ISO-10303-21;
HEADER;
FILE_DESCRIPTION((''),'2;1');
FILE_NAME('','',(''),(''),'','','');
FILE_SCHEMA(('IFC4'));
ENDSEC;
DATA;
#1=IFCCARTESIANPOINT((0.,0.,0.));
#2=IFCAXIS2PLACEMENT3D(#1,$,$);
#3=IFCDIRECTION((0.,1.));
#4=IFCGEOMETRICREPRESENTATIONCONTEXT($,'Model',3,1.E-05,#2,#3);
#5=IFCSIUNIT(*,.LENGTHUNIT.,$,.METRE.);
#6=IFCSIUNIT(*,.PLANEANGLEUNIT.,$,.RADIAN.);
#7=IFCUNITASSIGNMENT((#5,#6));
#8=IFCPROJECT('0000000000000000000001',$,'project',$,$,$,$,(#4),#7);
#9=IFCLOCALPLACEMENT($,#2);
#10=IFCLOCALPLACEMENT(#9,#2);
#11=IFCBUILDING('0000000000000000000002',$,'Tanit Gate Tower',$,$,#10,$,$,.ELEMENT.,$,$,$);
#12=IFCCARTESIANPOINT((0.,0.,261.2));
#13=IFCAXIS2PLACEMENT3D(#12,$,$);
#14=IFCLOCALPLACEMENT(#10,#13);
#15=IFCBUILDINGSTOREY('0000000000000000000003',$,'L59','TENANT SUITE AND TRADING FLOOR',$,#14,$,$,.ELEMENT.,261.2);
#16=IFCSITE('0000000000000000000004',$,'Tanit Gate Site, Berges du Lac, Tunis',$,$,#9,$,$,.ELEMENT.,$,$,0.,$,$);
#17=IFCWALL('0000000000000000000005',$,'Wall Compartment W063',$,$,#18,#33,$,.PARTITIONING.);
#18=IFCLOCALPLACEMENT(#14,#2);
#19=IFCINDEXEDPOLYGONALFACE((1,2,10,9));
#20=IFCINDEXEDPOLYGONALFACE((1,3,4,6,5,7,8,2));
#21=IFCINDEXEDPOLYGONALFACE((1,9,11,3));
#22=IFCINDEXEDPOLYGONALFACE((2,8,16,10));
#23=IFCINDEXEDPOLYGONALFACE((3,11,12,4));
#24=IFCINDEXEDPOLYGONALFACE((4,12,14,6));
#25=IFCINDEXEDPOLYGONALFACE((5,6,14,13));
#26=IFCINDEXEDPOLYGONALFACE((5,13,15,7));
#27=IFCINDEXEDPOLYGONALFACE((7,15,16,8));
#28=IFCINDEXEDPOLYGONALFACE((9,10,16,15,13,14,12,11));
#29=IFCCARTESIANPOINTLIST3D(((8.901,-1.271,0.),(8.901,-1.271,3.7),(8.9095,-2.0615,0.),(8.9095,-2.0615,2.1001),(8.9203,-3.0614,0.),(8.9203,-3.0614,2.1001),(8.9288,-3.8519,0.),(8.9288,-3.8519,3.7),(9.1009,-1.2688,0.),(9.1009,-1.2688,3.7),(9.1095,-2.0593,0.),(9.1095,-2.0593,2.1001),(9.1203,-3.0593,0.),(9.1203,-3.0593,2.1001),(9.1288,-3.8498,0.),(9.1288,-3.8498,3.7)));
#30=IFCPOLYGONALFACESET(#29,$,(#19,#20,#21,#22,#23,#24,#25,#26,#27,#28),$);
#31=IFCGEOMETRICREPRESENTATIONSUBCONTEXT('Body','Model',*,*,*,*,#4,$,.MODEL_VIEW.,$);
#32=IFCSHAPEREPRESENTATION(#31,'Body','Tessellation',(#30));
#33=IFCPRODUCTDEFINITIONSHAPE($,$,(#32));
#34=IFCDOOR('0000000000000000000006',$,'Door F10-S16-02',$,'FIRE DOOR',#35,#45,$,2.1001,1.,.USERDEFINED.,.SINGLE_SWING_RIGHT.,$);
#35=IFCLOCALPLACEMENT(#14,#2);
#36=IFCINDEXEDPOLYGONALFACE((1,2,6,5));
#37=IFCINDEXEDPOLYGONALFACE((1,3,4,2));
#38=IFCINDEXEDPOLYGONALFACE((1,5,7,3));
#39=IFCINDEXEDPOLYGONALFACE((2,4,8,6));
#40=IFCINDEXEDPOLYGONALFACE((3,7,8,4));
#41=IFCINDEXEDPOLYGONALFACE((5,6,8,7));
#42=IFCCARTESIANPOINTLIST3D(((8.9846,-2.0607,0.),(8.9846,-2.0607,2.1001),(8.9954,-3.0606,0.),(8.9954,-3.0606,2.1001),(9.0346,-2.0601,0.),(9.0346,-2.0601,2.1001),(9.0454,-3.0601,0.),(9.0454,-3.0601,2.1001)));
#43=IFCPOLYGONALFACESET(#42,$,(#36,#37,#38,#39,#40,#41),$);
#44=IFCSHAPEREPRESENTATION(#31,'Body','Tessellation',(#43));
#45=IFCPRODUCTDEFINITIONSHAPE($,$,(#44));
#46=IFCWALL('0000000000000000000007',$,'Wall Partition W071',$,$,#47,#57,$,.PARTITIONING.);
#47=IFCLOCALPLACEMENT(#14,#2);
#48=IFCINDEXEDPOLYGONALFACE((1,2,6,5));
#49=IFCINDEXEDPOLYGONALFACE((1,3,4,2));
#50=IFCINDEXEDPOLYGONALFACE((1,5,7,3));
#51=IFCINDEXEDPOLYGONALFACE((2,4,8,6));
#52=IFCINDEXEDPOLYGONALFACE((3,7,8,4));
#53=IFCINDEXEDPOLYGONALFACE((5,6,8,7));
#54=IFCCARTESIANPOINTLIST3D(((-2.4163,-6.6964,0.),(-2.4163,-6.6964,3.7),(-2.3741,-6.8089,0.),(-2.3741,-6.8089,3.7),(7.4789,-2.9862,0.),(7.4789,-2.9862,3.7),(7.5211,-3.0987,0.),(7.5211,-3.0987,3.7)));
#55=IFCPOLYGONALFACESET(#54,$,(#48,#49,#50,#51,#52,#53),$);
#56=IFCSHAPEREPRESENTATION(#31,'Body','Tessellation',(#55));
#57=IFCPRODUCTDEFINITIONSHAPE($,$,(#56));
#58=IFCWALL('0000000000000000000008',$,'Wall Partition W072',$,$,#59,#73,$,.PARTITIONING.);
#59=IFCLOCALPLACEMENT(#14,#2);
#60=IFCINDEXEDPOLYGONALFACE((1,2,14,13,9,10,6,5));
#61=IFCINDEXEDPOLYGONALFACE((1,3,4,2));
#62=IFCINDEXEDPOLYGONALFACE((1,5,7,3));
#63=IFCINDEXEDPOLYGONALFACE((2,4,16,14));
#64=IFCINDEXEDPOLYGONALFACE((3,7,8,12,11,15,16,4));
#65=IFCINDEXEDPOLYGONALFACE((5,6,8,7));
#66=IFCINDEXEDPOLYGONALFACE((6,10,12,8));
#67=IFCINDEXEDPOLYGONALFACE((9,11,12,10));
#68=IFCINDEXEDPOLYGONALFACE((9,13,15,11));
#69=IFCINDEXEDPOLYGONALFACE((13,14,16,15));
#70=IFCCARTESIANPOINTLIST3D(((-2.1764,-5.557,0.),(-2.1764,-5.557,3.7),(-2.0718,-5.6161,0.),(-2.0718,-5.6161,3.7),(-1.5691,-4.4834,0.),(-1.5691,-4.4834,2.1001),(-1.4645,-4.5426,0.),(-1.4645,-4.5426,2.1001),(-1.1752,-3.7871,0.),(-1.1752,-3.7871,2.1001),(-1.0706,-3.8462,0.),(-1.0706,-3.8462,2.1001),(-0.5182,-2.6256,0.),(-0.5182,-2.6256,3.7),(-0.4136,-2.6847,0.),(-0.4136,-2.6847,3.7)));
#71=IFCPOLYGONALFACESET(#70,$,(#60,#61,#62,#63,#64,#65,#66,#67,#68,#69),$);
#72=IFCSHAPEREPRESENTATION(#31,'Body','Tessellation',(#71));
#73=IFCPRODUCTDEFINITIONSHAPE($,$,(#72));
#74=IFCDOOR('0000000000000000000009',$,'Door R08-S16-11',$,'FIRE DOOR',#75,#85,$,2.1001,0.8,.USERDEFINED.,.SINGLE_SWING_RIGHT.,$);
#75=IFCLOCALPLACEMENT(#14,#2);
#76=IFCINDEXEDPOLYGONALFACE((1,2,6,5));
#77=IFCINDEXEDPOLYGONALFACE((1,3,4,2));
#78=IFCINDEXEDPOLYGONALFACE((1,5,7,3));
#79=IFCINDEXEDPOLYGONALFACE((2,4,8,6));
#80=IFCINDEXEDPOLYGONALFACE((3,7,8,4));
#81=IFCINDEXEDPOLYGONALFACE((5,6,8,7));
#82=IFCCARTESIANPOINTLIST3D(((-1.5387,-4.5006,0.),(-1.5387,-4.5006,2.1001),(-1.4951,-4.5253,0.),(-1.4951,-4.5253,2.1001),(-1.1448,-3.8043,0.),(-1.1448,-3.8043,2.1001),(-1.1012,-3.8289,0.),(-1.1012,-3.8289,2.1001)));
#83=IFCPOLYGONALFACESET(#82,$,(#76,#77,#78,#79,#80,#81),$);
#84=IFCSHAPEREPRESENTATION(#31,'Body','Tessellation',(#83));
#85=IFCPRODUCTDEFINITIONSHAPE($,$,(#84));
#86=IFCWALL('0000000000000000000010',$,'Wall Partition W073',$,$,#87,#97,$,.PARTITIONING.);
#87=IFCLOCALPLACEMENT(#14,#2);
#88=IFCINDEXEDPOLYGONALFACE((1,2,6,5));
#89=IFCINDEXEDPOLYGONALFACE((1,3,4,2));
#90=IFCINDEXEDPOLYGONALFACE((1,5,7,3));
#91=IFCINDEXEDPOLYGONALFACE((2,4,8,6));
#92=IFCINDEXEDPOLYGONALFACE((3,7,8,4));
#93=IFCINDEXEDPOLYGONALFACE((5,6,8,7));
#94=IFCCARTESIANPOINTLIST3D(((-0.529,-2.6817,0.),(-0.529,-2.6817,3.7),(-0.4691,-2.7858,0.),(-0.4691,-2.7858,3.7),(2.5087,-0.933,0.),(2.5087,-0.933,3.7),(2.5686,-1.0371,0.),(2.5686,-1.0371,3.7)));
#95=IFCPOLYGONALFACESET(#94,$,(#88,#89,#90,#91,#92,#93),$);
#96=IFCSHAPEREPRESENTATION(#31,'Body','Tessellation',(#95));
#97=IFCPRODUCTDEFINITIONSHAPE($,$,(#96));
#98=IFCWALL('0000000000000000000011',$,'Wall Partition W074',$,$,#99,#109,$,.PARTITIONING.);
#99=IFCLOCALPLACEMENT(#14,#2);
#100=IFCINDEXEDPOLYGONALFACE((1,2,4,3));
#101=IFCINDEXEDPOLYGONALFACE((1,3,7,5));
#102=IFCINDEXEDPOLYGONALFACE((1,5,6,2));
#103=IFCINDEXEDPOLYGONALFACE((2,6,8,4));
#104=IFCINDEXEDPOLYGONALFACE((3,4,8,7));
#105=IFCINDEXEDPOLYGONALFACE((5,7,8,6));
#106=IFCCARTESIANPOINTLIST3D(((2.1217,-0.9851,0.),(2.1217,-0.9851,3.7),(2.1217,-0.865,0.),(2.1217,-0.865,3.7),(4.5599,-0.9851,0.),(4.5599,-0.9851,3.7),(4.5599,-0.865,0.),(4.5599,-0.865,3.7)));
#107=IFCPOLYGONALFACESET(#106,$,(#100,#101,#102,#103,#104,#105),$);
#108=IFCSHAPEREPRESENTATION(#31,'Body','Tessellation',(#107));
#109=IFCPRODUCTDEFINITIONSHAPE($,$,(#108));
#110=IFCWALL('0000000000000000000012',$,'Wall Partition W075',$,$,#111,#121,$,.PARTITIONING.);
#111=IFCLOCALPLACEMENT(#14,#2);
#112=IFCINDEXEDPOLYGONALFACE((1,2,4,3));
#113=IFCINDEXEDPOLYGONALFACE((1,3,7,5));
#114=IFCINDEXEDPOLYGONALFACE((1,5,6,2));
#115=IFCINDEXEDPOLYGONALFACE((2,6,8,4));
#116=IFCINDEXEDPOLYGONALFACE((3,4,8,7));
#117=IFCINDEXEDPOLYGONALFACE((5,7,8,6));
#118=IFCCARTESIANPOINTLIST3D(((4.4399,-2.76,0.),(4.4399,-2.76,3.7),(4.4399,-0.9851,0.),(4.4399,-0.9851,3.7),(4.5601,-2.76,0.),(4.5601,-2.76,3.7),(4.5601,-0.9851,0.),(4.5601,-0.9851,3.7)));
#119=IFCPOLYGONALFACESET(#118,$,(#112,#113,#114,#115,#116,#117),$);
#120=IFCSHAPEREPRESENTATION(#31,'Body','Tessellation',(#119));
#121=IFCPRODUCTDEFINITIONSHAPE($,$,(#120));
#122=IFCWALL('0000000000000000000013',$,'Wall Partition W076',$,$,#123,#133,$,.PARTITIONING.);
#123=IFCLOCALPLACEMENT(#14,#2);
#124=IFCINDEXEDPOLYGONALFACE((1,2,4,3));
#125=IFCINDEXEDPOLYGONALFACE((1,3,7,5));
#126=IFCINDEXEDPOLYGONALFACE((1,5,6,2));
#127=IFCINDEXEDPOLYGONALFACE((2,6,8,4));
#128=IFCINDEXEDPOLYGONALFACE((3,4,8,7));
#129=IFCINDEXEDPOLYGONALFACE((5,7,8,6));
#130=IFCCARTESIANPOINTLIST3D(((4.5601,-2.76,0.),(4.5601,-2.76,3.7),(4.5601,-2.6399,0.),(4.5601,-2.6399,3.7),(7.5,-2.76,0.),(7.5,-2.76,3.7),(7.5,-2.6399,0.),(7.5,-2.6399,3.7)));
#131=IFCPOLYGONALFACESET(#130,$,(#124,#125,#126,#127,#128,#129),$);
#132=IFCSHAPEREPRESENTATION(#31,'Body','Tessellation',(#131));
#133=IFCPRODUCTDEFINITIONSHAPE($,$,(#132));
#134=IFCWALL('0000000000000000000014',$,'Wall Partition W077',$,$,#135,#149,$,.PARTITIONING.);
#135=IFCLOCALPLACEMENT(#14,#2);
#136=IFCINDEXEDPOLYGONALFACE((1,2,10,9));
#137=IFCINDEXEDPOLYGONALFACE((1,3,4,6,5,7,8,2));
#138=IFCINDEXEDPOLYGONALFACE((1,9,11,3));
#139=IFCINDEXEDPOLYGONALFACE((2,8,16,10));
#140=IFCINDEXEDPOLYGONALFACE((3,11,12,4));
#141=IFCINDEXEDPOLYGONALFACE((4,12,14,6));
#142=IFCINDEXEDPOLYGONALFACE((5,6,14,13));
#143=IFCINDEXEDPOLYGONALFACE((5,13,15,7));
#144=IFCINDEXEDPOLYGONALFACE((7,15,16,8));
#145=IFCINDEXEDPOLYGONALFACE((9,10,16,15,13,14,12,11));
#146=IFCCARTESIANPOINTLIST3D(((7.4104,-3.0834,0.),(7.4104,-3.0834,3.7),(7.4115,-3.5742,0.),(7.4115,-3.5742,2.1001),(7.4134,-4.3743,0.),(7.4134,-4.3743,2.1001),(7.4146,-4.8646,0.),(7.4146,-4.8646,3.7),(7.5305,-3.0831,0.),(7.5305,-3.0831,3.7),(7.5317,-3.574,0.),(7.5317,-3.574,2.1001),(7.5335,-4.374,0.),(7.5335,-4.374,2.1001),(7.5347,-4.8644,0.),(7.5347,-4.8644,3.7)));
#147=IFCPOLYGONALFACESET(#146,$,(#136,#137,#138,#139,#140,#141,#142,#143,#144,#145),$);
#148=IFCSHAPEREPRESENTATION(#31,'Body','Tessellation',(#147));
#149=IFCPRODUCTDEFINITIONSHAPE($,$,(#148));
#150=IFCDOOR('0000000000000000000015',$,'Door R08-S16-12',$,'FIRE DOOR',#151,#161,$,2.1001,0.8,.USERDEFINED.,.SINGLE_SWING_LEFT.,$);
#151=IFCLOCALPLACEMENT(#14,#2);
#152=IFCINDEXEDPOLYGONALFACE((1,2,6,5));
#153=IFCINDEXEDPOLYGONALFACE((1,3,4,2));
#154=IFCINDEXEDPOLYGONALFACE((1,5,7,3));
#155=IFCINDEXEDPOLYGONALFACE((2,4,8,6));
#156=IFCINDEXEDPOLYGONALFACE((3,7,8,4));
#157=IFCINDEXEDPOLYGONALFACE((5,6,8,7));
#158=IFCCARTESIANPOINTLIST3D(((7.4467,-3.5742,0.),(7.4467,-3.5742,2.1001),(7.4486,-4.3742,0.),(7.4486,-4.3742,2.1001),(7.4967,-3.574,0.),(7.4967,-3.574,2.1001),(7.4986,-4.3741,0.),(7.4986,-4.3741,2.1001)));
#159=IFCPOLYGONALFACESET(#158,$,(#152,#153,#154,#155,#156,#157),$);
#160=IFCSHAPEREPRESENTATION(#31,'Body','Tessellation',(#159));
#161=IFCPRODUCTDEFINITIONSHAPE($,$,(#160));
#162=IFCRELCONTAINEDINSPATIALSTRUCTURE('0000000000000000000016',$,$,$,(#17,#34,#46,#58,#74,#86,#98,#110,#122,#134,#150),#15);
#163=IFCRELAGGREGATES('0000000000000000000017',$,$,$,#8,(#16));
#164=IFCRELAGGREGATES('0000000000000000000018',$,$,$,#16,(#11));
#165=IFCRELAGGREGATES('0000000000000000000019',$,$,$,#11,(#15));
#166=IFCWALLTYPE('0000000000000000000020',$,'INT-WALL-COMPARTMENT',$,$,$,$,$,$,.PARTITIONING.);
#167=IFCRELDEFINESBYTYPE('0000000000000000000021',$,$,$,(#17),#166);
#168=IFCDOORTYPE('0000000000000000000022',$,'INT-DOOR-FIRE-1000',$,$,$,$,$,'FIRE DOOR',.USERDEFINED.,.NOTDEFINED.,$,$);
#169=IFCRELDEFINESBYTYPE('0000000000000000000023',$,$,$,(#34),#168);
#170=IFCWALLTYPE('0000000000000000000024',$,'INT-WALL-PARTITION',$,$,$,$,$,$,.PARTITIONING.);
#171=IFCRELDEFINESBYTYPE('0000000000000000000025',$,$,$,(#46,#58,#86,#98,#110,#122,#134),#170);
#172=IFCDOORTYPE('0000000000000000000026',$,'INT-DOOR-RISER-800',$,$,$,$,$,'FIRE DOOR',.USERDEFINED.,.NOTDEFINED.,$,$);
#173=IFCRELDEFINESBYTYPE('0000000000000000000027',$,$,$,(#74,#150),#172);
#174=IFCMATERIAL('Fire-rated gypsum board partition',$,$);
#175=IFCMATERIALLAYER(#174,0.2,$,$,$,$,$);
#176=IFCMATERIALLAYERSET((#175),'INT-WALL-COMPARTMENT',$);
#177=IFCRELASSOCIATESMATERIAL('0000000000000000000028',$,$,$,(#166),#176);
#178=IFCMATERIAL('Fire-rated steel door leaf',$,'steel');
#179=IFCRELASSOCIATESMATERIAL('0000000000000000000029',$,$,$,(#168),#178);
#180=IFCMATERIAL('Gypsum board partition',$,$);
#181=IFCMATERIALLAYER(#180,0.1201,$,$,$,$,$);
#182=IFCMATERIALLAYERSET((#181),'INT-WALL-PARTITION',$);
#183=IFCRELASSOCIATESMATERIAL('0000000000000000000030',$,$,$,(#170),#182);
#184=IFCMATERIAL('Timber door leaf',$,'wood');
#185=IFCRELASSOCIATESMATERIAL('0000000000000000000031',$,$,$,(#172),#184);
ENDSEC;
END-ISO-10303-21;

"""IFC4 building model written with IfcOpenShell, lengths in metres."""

from ifc_helpers import new_model, si_unit, direction, frame, frame_2d, origin, place, context, subcontext, project, spatial, rectangle, extrude, material, layer, layer_set, type_object, element, fill, save


model = new_model("IFC4")

# Units and contexts
model_context = context("Model", 3, precision=1e-05, world=origin(), true_north=direction((0.0, 1.0)))
body_context = subcontext(model_context, "Body", "Model", "MODEL_VIEW")
ifc_project = project(units=[si_unit("LENGTHUNIT", "METRE"), si_unit("PLANEANGLEUNIT", "RADIAN")], contexts=[model_context])

# Site, building, storey
site_placement = place(None, origin())
site = spatial("IfcSite", under=ifc_project, at=site_placement, Name="Tanit Gate Site, Berges du Lac, Tunis", CompositionType="ELEMENT", RefElevation=0.0)
building_placement = place(site_placement, origin())
building = spatial("IfcBuilding", under=site, at=building_placement, Name="Tanit Gate Tower", CompositionType="ELEMENT")
storey_placement = place(building_placement, frame((0.0, 0.0, 261.2)))
storey = spatial("IfcBuildingStorey", under=building, at=storey_placement, Name="L59", Description="TENANT SUITE AND TRADING FLOOR", CompositionType="ELEMENT", Elevation=261.2)

# Wall, opening, door
ifc_material_1 = material(Name="Fire-rated gypsum board partition")
ifc_layer_1 = layer(ifc_material_1, 0.2)
ifc_layer_set_1 = layer_set([ifc_layer_1], Name="INT-WALL-COMPARTMENT")
wall_type_1 = type_object("IfcWallType", Name="INT-WALL-COMPARTMENT", PredefinedType="PARTITIONING", material=ifc_layer_set_1)
wall_1_placement = place(storey_placement, frame((9.0288, -3.8508, 0.0), z_axis=(0.0, 0.0, 1.0), x_axis=(-0.010784, 0.999942, 0.0)))
wall_1 = element("IfcWall", 1, at=wall_1_placement, inside=storey, type_object=wall_type_1, Name="Wall Compartment W063", PredefinedType="PARTITIONING", context=body_context, shape_type="SweptSolid", body=[
    extrude(rectangle(XDim=2.5811, YDim=0.2, at=frame_2d((1.2905, 0.0))), origin(), (0.0, 0.0, 1.0), 3.7),
])
opening_1_placement = place(wall_1_placement, frame((0.7905, 0.0, 0.0)))
opening_1 = element("IfcOpeningElement", 2, at=opening_1_placement, cuts=wall_1, PredefinedType="OPENING", context=body_context, shape_type="SweptSolid", body=[
    extrude(rectangle(XDim=1.0, YDim=2.1001, at=frame_2d((0.5, 1.05))), frame((0.0, 0.1099, 0.0), z_axis=(0.0, -1.0, 0.0), x_axis=(1.0, 0.0, 0.0)), (0.0, 0.0, 1.0), 0.22),
])
ifc_material_2 = material(Name="Fire-rated steel door leaf", Category="steel")
door_type_1 = type_object("IfcDoorType", Name="INT-DOOR-FIRE-1000", ElementType="FIRE DOOR", OperationType="NOTDEFINED", PredefinedType="USERDEFINED", material=ifc_material_2)
door_1_placement = place(opening_1_placement, origin())
door_1 = element("IfcDoor", 3, at=door_1_placement, inside=storey, type_object=door_type_1, Name="Door F10-S16-02", ObjectType="FIRE DOOR", OperationType="SINGLE_SWING_RIGHT", OverallHeight=2.1001, OverallWidth=1.0, PredefinedType="USERDEFINED", context=body_context, shape_type="SweptSolid", body=[
    extrude(rectangle(XDim=1.0, YDim=2.1001, at=frame_2d((0.5, 1.05))), frame((0.0, 0.0249, 0.0), z_axis=(0.0, -1.0, 0.0), x_axis=(1.0, 0.0, 0.0)), (0.0, 0.0, 1.0), 0.05),
])
fill(opening_1, door_1)

# Wall
ifc_material_3 = material(Name="Gypsum board partition")
ifc_layer_2 = layer(ifc_material_3, 0.1201)
ifc_layer_set_2 = layer_set([ifc_layer_2], Name="INT-WALL-PARTITION")
wall_type_2 = type_object("IfcWallType", Name="INT-WALL-PARTITION", PredefinedType="PARTITIONING", material=ifc_layer_set_2)
wall_2_placement = place(storey_placement, frame((7.5, -3.0425, 0.0), z_axis=(0.0, 0.0, 1.0), x_axis=(-0.936345, -0.35108, 0.0)))
element("IfcWall", 4, at=wall_2_placement, inside=storey, type_object=wall_type_2, Name="Wall Partition W071", PredefinedType="PARTITIONING", context=body_context, shape_type="SweptSolid", body=[
    extrude(rectangle(XDim=10.5679, YDim=0.1201, at=frame_2d((5.2839, 0.0))), origin(), (0.0, 0.0, 1.0), 3.7),
])

# Wall, opening, door
wall_3_placement = place(storey_placement, frame((-0.4658, -2.655, 0.0), z_axis=(0.0, 0.0, 1.0), x_axis=(-0.492356, -0.870394, 0.0)))
wall_3 = element("IfcWall", 5, at=wall_3_placement, inside=storey, type_object=wall_type_2, Name="Wall Partition W072", PredefinedType="PARTITIONING", context=body_context, shape_type="SweptSolid", body=[
    extrude(rectangle(XDim=3.3679, YDim=0.1201, at=frame_2d((1.6841, 0.0))), origin(), (0.0, 0.0, 1.0), 3.7),
])
opening_2_placement = place(wall_3_placement, frame((1.3347, 0.0, 0.0)))
opening_2 = element("IfcOpeningElement", 6, at=opening_2_placement, cuts=wall_3, PredefinedType="OPENING", context=body_context, shape_type="SweptSolid", body=[
    extrude(rectangle(XDim=0.8, YDim=2.1001, at=frame_2d((0.3999, 1.05))), frame((0.0, 0.0701, 0.0), z_axis=(0.0, -1.0, 0.0), x_axis=(1.0, 0.0, 0.0)), (0.0, 0.0, 1.0), 0.1401),
])
ifc_material_4 = material(Name="Timber door leaf", Category="wood")
door_type_2 = type_object("IfcDoorType", Name="INT-DOOR-RISER-800", ElementType="FIRE DOOR", OperationType="NOTDEFINED", PredefinedType="USERDEFINED", material=ifc_material_4)
door_2_placement = place(opening_2_placement, origin())
door_2 = element("IfcDoor", 7, at=door_2_placement, inside=storey, type_object=door_type_2, Name="Door R08-S16-11", ObjectType="FIRE DOOR", OperationType="SINGLE_SWING_RIGHT", OverallHeight=2.1001, OverallWidth=0.8, PredefinedType="USERDEFINED", context=body_context, shape_type="SweptSolid", body=[
    extrude(rectangle(XDim=0.8, YDim=2.1001, at=frame_2d((0.3999, 1.05))), frame((0.0, 0.0249, 0.0), z_axis=(0.0, -1.0, 0.0), x_axis=(1.0, 0.0, 0.0)), (0.0, 0.0, 1.0), 0.05),
])
fill(opening_2, door_2)

# Walls
wall_4_placement = place(storey_placement, frame((2.5386, -0.9851, 0.0), z_axis=(0.0, 0.0, 1.0), x_axis=(-0.866657, -0.498904, 0.0)))
element("IfcWall", 8, at=wall_4_placement, inside=storey, type_object=wall_type_2, Name="Wall Partition W073", PredefinedType="PARTITIONING", context=body_context, shape_type="SweptSolid", body=[
    extrude(rectangle(XDim=3.5051, YDim=0.1201, at=frame_2d((1.7524, 0.0))), origin(), (0.0, 0.0, 1.0), 3.7),
])
wall_5_placement = place(storey_placement, frame((4.5601, -0.925, 0.0), z_axis=(0.0, 0.0, 1.0), x_axis=(-1.0, 0.0, 0.0)))
element("IfcWall", 9, at=wall_5_placement, inside=storey, type_object=wall_type_2, Name="Wall Partition W074", PredefinedType="PARTITIONING", context=body_context, shape_type="SweptSolid", body=[
    extrude(rectangle(XDim=2.4382, YDim=0.1201, at=frame_2d((1.2192, 0.0))), origin(), (0.0, 0.0, 1.0), 3.7),
])
wall_6_placement = place(storey_placement, frame((4.5, -2.76, 0.0), z_axis=(0.0, 0.0, 1.0), x_axis=(0.0, 1.0, 0.0)))
element("IfcWall", 10, at=wall_6_placement, inside=storey, type_object=wall_type_2, Name="Wall Partition W075", PredefinedType="PARTITIONING", context=body_context, shape_type="SweptSolid", body=[
    extrude(rectangle(XDim=1.7749, YDim=0.1201, at=frame_2d((0.8875, 0.0))), origin(), (0.0, 0.0, 1.0), 3.7),
])
wall_7_placement = place(storey_placement, frame((7.5, -2.7, 0.0), z_axis=(0.0, 0.0, 1.0), x_axis=(-1.0, 0.0, 0.0)))
element("IfcWall", 11, at=wall_7_placement, inside=storey, type_object=wall_type_2, Name="Wall Partition W076", PredefinedType="PARTITIONING", context=body_context, shape_type="SweptSolid", body=[
    extrude(rectangle(XDim=2.9399, YDim=0.1201, at=frame_2d((1.47, 0.0))), origin(), (0.0, 0.0, 1.0), 3.7),
])

# Wall, opening, door
wall_8_placement = place(storey_placement, frame((7.4746, -4.8645, 0.0), z_axis=(0.0, 0.0, 1.0), x_axis=(-0.00233, 0.999997, 0.0)))
wall_8 = element("IfcWall", 12, at=wall_8_placement, inside=storey, type_object=wall_type_2, Name="Wall Partition W077", PredefinedType="PARTITIONING", context=body_context, shape_type="SweptSolid", body=[
    extrude(rectangle(XDim=1.7812, YDim=0.1201, at=frame_2d((0.8906, 0.0))), origin(), (0.0, 0.0, 1.0), 3.7),
])
opening_3_placement = place(wall_8_placement, frame((0.4905, 0.0, 0.0)))
opening_3 = element("IfcOpeningElement", 13, at=opening_3_placement, cuts=wall_8, PredefinedType="OPENING", context=body_context, shape_type="SweptSolid", body=[
    extrude(rectangle(XDim=0.8, YDim=2.1001, at=frame_2d((0.3999, 1.05))), frame((0.0, 0.0701, 0.0), z_axis=(0.0, -1.0, 0.0), x_axis=(1.0, 0.0, 0.0)), (0.0, 0.0, 1.0), 0.1401),
])
door_3_placement = place(opening_3_placement, origin())
door_3 = element("IfcDoor", 14, at=door_3_placement, inside=storey, type_object=door_type_2, Name="Door R08-S16-12", ObjectType="FIRE DOOR", OperationType="SINGLE_SWING_LEFT", OverallHeight=2.1001, OverallWidth=0.8, PredefinedType="USERDEFINED", context=body_context, shape_type="SweptSolid", body=[
    extrude(rectangle(XDim=0.8, YDim=2.1001, at=frame_2d((0.3999, 1.05))), frame((0.0, 0.0249, 0.0), z_axis=(0.0, -1.0, 0.0), x_axis=(1.0, 0.0, 0.0)), (0.0, 0.0, 1.0), 0.05),
])
fill(opening_3, door_3)

save(model, "model.ifc")
